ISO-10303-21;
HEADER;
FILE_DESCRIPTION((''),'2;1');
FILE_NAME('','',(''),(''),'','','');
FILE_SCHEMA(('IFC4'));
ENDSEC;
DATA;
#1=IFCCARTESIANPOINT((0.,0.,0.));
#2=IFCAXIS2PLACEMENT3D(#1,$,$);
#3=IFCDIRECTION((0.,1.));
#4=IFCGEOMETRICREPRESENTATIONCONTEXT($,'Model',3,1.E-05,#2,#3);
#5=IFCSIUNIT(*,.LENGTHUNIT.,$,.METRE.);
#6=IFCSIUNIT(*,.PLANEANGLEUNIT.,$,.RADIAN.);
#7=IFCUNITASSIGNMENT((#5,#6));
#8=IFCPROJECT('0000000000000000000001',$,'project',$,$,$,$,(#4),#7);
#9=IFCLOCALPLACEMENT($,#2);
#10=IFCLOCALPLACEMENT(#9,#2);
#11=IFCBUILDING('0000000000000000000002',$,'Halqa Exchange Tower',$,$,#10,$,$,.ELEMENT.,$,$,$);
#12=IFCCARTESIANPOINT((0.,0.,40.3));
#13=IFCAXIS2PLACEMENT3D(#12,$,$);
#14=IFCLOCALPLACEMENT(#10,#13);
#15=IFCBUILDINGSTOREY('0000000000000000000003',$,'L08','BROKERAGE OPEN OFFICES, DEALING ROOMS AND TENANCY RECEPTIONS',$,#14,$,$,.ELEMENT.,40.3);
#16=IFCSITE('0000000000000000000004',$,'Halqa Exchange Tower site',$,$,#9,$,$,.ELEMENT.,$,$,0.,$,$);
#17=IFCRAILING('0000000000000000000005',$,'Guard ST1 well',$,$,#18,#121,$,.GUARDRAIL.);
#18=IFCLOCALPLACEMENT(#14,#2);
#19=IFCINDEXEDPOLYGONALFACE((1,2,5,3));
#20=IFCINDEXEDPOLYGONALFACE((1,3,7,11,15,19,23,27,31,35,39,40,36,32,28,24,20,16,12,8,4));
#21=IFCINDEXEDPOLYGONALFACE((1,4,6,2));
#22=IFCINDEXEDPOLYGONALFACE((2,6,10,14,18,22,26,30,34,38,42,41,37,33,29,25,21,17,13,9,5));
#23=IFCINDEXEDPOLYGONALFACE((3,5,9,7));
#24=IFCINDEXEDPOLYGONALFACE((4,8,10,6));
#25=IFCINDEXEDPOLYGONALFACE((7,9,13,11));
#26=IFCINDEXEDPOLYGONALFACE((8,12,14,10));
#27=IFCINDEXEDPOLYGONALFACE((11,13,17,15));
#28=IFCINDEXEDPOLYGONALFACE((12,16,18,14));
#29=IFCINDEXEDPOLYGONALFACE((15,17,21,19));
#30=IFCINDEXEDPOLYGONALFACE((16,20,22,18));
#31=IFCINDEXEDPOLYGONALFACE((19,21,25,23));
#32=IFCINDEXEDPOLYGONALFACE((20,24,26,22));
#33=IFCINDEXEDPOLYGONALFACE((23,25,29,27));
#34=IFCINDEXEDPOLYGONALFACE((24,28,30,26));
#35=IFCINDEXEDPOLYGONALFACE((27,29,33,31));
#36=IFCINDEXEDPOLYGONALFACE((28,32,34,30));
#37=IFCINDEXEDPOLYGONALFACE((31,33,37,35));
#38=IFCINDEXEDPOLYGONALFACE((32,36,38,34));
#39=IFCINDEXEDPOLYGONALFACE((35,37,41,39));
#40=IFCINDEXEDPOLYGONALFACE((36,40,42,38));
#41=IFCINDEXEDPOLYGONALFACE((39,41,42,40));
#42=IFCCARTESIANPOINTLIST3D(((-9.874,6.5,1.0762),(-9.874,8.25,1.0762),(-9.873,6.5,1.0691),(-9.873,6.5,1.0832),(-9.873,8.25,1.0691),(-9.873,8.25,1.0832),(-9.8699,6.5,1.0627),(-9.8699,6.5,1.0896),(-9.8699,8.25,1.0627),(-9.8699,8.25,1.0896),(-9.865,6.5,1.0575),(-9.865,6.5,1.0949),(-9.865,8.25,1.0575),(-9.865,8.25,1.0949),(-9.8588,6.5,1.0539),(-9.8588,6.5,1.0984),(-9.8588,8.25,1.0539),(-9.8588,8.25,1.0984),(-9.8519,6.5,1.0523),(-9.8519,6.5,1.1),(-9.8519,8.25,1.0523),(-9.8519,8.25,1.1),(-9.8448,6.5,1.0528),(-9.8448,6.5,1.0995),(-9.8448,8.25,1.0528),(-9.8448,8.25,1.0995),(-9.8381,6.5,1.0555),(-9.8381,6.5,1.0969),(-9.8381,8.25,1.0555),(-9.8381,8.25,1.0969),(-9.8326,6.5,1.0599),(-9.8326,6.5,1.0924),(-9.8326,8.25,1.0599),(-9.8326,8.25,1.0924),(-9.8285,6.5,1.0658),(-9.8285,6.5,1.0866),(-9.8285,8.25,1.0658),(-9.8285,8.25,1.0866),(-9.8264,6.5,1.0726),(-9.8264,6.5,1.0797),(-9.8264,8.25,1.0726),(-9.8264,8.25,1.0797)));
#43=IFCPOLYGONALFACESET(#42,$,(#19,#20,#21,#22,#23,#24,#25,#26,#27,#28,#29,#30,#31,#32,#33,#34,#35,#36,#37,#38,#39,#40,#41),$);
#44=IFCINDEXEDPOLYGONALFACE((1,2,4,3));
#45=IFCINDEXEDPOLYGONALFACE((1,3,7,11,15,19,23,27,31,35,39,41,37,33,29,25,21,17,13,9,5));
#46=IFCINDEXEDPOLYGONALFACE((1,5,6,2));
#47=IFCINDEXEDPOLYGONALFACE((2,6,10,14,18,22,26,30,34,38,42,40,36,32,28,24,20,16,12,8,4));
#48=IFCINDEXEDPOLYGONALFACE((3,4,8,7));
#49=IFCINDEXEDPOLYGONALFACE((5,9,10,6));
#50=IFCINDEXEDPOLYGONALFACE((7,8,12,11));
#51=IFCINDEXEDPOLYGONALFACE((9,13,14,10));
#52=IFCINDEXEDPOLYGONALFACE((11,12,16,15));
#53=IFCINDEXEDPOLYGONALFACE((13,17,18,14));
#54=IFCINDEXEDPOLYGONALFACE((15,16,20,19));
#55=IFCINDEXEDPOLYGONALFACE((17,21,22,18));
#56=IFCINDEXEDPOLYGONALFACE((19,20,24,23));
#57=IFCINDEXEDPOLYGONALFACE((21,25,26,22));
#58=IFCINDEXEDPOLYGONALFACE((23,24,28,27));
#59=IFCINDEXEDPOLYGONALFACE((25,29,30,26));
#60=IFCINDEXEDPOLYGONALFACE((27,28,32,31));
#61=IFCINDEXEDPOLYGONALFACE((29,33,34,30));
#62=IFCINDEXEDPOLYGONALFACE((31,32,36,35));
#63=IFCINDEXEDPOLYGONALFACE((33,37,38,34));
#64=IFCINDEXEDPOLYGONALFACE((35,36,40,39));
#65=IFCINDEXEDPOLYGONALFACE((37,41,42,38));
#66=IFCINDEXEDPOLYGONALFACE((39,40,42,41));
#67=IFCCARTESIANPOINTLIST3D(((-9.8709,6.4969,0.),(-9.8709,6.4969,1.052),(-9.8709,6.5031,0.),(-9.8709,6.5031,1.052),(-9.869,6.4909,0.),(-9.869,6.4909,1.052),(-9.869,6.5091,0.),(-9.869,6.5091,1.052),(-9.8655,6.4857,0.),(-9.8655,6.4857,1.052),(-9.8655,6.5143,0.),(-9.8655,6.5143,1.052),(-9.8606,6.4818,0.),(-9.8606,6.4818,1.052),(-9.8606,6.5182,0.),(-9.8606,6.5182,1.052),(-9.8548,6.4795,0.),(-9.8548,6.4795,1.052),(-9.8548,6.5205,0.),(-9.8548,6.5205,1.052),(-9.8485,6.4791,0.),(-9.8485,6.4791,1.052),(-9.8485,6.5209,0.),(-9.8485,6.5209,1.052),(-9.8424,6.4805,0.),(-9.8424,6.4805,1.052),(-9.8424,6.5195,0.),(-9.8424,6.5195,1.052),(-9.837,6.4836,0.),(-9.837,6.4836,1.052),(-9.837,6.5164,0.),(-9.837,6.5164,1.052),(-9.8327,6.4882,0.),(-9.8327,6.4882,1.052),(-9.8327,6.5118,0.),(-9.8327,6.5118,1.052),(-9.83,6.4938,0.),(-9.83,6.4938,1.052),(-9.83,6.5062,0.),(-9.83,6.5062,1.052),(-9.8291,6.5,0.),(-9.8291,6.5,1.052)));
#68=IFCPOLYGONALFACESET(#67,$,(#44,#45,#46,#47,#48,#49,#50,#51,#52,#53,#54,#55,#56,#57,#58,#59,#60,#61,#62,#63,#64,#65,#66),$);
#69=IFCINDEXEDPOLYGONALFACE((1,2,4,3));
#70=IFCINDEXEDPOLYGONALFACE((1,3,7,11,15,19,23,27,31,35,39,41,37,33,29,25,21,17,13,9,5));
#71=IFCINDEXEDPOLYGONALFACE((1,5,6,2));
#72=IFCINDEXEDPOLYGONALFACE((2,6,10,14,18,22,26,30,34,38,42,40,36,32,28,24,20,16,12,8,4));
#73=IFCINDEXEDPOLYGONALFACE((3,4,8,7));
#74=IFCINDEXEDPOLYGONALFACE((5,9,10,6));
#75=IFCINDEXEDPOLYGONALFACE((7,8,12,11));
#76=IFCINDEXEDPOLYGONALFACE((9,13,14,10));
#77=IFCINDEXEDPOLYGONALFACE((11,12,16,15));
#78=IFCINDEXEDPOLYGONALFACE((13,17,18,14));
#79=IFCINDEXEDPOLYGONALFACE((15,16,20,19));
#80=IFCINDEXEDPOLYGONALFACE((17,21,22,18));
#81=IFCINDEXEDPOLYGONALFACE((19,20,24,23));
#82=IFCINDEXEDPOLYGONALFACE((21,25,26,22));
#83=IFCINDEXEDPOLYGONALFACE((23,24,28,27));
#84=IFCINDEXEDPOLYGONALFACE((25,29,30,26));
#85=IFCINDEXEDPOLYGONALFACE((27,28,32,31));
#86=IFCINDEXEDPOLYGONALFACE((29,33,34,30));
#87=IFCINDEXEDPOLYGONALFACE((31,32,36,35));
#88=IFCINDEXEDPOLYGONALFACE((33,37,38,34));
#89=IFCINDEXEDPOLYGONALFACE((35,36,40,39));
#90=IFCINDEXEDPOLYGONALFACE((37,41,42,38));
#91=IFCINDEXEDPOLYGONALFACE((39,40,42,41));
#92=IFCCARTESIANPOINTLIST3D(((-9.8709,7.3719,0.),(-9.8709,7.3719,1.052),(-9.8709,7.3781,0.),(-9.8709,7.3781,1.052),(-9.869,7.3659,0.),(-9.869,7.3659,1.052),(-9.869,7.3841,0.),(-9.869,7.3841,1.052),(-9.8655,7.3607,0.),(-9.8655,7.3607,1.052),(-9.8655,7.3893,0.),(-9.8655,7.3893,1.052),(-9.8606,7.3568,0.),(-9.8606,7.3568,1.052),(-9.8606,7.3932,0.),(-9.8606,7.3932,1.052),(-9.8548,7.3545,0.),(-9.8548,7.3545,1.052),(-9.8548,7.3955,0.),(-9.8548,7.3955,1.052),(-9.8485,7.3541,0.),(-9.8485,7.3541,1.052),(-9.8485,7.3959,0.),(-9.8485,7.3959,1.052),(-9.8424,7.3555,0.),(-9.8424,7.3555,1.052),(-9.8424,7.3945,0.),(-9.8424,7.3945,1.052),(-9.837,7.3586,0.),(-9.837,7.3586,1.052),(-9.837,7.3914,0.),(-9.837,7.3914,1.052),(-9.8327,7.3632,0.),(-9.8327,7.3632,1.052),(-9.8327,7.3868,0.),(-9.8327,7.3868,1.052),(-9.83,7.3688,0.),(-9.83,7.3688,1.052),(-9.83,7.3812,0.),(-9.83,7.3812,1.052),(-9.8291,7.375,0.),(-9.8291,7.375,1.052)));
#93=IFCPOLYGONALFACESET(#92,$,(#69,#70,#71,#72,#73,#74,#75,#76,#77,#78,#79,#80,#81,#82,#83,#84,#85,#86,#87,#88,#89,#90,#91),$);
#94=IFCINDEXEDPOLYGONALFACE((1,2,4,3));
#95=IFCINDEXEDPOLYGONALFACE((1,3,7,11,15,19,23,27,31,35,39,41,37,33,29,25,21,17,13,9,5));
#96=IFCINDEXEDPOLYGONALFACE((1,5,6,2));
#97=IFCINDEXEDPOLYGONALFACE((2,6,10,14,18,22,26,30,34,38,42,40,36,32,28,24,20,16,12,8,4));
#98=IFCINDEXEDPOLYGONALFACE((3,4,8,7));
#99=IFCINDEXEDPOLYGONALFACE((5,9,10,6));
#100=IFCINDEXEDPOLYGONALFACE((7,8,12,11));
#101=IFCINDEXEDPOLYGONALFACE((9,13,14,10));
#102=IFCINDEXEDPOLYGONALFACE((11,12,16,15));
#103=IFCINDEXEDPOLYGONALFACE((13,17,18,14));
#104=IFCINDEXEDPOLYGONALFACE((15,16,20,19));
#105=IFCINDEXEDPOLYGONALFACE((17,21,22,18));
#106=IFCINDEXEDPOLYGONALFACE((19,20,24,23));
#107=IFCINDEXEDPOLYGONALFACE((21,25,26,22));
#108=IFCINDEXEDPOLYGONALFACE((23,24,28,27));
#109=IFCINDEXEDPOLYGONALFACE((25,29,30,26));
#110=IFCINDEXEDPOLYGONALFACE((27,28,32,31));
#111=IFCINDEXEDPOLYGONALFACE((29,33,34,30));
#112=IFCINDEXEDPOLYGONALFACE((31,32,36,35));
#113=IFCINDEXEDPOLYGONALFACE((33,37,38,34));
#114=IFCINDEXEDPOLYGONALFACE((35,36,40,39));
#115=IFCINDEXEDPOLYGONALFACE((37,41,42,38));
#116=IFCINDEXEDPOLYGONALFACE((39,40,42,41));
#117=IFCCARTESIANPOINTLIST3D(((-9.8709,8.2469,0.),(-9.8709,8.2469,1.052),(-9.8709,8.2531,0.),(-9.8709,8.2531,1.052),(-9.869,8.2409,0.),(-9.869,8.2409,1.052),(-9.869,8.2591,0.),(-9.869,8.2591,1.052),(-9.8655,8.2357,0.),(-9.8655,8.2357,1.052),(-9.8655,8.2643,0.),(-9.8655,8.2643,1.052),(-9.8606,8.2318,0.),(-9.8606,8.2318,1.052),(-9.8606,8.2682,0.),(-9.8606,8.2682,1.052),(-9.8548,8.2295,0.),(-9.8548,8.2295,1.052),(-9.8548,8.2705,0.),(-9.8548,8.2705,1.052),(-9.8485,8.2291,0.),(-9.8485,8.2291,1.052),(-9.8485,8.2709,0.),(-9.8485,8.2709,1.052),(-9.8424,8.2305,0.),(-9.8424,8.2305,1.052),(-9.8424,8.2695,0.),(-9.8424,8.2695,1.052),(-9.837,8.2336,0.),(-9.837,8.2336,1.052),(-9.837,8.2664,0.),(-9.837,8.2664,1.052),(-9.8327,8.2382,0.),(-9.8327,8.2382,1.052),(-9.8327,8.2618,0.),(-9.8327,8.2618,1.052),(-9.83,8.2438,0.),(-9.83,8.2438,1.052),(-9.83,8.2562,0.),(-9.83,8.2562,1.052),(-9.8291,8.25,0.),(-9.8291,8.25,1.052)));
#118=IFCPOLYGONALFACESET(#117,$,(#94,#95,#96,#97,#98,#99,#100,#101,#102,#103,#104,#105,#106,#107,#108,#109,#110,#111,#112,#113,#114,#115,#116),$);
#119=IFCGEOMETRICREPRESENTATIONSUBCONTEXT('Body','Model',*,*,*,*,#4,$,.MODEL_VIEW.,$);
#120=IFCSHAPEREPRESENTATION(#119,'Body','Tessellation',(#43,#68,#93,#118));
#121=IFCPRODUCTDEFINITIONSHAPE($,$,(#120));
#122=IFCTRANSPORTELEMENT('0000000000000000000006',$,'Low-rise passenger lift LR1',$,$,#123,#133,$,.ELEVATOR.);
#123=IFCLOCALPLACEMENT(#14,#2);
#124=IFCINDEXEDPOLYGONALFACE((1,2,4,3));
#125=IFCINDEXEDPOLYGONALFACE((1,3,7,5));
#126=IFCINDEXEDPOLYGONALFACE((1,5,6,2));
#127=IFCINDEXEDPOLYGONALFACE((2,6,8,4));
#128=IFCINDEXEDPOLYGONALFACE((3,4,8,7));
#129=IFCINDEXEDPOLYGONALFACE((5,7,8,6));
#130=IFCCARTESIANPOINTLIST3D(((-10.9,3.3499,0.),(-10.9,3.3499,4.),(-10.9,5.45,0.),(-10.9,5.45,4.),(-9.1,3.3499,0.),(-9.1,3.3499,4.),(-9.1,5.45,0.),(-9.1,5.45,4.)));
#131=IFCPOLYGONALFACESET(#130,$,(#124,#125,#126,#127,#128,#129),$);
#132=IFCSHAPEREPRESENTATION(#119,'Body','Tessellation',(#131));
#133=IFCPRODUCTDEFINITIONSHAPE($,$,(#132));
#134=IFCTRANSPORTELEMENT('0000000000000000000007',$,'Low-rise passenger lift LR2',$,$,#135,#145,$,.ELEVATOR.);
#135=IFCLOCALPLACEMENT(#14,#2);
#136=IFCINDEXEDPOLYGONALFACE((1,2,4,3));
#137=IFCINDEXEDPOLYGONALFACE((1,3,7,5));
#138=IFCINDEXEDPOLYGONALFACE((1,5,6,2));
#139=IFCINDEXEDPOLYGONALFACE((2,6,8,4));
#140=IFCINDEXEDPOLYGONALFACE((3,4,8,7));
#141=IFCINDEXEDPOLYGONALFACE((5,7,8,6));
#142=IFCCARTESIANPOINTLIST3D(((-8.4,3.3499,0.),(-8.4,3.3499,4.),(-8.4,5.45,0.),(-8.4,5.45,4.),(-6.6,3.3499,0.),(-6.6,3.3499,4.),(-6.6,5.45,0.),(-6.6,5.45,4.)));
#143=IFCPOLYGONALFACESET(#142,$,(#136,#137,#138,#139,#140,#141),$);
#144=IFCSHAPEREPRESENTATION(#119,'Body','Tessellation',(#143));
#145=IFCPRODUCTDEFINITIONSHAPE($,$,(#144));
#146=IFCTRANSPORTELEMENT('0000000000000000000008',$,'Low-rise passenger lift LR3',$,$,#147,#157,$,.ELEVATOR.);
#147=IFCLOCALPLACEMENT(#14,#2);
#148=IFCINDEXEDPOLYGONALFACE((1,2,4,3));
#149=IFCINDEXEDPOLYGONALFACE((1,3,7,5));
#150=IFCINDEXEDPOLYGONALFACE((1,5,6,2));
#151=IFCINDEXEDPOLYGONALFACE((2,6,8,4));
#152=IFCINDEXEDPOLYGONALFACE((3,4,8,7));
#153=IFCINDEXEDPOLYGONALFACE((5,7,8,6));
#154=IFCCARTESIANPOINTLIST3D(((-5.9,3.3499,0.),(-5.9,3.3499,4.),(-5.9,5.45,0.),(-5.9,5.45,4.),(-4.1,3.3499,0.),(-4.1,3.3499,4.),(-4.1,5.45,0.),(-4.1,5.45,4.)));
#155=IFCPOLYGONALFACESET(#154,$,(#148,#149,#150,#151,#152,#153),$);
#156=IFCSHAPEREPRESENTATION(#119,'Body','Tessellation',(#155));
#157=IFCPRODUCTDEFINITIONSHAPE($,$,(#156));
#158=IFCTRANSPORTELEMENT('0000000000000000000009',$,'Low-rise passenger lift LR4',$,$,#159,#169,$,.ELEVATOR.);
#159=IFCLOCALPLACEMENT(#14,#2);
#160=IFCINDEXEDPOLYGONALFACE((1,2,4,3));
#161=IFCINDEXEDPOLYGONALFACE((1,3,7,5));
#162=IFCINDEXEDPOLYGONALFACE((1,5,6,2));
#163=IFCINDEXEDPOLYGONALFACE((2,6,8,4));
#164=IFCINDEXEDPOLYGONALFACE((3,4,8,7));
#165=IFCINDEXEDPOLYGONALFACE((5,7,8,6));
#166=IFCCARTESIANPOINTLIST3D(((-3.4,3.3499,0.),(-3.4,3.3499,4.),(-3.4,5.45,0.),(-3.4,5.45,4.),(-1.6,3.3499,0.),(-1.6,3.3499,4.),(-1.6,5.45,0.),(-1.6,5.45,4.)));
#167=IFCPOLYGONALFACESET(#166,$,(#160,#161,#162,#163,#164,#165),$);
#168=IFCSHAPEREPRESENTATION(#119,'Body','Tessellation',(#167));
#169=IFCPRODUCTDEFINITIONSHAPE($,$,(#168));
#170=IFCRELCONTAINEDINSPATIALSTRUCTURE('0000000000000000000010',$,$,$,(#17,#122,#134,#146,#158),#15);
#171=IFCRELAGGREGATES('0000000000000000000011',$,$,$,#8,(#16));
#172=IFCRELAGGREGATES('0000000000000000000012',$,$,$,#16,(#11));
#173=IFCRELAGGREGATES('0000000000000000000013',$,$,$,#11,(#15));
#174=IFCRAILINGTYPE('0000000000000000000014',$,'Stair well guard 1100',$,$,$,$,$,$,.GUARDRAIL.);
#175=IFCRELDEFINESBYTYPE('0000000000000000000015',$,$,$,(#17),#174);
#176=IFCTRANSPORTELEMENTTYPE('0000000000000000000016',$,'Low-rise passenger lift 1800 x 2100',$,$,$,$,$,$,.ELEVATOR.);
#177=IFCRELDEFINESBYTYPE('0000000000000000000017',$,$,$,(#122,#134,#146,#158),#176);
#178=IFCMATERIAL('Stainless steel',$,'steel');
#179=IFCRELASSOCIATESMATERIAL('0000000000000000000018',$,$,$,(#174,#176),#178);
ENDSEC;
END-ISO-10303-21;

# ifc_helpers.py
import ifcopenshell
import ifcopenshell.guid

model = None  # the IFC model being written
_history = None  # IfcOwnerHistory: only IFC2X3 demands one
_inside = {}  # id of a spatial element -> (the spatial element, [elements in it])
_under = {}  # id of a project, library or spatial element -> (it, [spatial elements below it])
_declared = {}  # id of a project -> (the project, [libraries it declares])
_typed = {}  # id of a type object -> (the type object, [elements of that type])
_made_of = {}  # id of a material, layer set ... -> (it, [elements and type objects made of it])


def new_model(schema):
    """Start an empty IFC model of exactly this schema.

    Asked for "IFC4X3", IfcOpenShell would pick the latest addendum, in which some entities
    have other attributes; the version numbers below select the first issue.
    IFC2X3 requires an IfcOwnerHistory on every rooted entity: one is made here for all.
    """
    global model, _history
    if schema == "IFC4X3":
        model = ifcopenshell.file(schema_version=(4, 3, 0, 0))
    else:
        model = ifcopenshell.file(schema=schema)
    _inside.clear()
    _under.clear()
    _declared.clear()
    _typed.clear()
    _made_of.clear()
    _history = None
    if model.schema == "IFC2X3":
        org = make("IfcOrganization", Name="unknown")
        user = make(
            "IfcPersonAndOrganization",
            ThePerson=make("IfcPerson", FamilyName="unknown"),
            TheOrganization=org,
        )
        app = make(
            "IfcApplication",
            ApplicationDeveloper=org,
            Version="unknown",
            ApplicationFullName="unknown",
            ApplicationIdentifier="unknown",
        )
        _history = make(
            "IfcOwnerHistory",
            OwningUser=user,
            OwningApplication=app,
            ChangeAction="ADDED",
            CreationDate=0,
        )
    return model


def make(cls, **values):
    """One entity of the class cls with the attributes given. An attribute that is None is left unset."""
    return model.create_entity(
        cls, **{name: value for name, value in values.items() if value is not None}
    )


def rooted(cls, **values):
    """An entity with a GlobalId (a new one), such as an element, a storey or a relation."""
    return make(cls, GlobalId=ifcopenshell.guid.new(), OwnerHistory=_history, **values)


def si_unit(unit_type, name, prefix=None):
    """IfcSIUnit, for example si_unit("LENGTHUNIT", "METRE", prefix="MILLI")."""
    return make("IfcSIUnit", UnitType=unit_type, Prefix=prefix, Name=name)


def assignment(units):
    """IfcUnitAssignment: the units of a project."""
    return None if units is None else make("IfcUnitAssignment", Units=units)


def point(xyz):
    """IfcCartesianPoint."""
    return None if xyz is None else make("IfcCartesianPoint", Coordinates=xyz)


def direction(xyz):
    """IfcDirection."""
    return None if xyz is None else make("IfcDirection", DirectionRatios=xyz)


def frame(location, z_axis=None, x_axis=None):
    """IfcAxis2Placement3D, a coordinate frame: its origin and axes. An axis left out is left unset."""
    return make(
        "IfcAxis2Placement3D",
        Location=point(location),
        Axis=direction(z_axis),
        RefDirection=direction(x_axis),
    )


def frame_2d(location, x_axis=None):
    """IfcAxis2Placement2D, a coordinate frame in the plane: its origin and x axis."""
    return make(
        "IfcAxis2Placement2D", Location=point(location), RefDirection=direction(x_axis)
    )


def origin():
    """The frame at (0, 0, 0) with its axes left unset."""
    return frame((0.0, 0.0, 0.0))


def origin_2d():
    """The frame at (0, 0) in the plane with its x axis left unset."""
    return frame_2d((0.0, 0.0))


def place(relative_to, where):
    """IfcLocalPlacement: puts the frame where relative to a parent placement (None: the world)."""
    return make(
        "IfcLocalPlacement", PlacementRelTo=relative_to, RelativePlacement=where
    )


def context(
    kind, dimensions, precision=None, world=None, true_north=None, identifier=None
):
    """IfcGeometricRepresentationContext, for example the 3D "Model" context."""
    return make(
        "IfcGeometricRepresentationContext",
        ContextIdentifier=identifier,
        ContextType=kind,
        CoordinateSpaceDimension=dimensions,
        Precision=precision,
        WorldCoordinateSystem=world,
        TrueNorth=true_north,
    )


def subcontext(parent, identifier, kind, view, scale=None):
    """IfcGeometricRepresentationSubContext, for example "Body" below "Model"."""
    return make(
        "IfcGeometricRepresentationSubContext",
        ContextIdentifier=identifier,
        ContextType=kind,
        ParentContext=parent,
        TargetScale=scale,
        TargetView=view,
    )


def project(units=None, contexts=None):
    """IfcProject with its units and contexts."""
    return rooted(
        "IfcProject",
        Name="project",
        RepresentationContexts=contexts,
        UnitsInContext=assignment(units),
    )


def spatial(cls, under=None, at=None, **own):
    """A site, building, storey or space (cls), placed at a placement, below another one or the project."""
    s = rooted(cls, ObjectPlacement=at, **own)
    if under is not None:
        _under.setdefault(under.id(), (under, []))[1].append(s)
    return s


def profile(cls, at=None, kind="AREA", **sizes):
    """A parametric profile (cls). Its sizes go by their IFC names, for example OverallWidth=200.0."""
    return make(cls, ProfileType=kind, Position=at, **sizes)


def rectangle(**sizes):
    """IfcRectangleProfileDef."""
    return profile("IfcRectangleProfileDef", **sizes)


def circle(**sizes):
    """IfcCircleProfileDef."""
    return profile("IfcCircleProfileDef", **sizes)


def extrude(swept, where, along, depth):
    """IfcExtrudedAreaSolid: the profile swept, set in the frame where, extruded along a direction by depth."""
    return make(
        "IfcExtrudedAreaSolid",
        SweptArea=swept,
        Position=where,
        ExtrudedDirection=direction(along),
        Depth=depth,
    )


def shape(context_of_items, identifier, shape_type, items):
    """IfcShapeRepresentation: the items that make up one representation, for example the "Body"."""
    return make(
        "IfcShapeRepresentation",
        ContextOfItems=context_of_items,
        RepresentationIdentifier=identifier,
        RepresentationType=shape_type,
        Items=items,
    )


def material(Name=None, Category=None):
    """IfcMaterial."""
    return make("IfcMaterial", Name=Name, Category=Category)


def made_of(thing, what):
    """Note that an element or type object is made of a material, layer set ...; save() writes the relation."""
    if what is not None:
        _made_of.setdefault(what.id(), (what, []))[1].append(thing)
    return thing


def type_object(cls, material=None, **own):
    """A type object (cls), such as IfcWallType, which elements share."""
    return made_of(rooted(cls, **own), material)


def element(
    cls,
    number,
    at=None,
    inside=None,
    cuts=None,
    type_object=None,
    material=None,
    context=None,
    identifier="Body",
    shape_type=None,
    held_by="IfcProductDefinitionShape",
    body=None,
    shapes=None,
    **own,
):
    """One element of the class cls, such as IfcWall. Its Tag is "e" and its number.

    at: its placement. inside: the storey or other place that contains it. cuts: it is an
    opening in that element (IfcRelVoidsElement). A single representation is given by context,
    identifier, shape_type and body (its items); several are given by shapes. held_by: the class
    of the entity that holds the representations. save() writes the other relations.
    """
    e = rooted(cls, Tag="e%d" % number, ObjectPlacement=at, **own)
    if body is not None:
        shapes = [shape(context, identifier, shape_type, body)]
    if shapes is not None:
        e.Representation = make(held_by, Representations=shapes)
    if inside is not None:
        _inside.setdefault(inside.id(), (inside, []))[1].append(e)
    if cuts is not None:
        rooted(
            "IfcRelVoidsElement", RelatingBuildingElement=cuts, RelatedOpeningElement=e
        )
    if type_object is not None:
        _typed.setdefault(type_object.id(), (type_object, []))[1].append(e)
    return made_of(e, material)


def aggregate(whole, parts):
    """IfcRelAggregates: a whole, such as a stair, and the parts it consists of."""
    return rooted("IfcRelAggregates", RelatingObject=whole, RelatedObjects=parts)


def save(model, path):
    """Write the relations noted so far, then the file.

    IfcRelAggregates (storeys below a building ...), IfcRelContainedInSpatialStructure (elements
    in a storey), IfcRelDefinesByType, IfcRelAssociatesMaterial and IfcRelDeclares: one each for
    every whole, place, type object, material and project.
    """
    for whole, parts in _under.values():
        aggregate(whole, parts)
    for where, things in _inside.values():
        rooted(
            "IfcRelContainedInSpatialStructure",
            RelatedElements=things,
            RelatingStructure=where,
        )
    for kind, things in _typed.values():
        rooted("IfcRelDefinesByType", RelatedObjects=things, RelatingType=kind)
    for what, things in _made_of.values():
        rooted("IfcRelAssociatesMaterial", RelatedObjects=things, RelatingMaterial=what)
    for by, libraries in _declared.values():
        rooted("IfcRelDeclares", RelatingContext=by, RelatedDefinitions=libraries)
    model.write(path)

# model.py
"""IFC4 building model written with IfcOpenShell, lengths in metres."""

from ifc_helpers import new_model, si_unit, direction, frame, origin, origin_2d, place, context, subcontext, project, spatial, rectangle, circle, extrude, material, type_object, element, save


model = new_model("IFC4")

# Units and contexts
model_context = context("Model", 3, precision=1e-05, world=origin(), true_north=direction((0.0, 1.0)))
body_context = subcontext(model_context, "Body", "Model", "MODEL_VIEW")
ifc_project = project(units=[si_unit("LENGTHUNIT", "METRE"), si_unit("PLANEANGLEUNIT", "RADIAN")], contexts=[model_context])

# Site, building, storey
site_placement = place(None, origin())
site = spatial("IfcSite", under=ifc_project, at=site_placement, Name="Halqa Exchange Tower site", CompositionType="ELEMENT", RefElevation=0.0)
building_placement = place(site_placement, origin())
building = spatial("IfcBuilding", under=site, at=building_placement, Name="Halqa Exchange Tower", CompositionType="ELEMENT")
storey_placement = place(building_placement, frame((0.0, 0.0, 40.3)))
storey = spatial("IfcBuildingStorey", under=building, at=storey_placement, Name="L08", Description="BROKERAGE OPEN OFFICES, DEALING ROOMS AND TENANCY RECEPTIONS", CompositionType="ELEMENT", Elevation=40.3)

# Shared definitions
ifc_material_1 = material(Name="Stainless steel", Category="steel")

# Railing
railing_type_1 = type_object("IfcRailingType", Name="Stair well guard 1100", PredefinedType="GUARDRAIL", material=ifc_material_1)
railing_1_placement = place(storey_placement, frame((-9.8501, 6.5, 0.0)))
element("IfcRailing", 1, at=railing_1_placement, inside=storey, type_object=railing_type_1, Name="Guard ST1 well", PredefinedType="GUARDRAIL", context=body_context, shape_type="SweptSolid", body=[
    extrude(circle(Radius=0.0239, at=origin_2d()), frame((0.0, 0.0, 1.0762), z_axis=(0.0, 1.0, 0.0), x_axis=(-1.0, 0.0, 0.0)), (0.0, 0.0, 1.0), 1.75),
    extrude(circle(Radius=0.021, at=origin_2d()), origin(), (0.0, 0.0, 1.0), 1.052),
    extrude(circle(Radius=0.021, at=origin_2d()), frame((0.0, 0.875, 0.0)), (0.0, 0.0, 1.0), 1.052),
    extrude(circle(Radius=0.021, at=origin_2d()), frame((0.0, 1.75, 0.0)), (0.0, 0.0, 1.0), 1.052),
])

# Transport elements
transport_element_type = type_object("IfcTransportElementType", Name="Low-rise passenger lift 1800 x 2100", PredefinedType="ELEVATOR", material=ifc_material_1)
for number, where, z_axis, x_axis, name in (
    (2, (-10.0, 4.3999, 0.0), (0.0, 0.0, 1.0), (1.0, 0.0, 0.0), "Low-rise passenger lift LR1"),
    (3, (-7.5, 4.3999, 0.0), (0.0, 0.0, 1.0), (1.0, 0.0, 0.0), "Low-rise passenger lift LR2"),
    (4, (-5.0, 4.3999, 0.0), (0.0, 0.0, 1.0), (1.0, 0.0, 0.0), "Low-rise passenger lift LR3"),
    (5, (-2.5, 4.3999, 0.0), (0.0, 0.0, 1.0), (1.0, 0.0, 0.0), "Low-rise passenger lift LR4"),
):
    element("IfcTransportElement", number, at=place(storey_placement, frame(where, z_axis=z_axis, x_axis=x_axis)), inside=storey, type_object=transport_element_type, Name=name, PredefinedType="ELEVATOR", context=body_context, shape_type="SweptSolid", body=[
        extrude(rectangle(XDim=1.8, YDim=2.1001, at=origin_2d()), origin(), (0.0, 0.0, 1.0), 4.0),
    ])

save(model, "model.ifc")
